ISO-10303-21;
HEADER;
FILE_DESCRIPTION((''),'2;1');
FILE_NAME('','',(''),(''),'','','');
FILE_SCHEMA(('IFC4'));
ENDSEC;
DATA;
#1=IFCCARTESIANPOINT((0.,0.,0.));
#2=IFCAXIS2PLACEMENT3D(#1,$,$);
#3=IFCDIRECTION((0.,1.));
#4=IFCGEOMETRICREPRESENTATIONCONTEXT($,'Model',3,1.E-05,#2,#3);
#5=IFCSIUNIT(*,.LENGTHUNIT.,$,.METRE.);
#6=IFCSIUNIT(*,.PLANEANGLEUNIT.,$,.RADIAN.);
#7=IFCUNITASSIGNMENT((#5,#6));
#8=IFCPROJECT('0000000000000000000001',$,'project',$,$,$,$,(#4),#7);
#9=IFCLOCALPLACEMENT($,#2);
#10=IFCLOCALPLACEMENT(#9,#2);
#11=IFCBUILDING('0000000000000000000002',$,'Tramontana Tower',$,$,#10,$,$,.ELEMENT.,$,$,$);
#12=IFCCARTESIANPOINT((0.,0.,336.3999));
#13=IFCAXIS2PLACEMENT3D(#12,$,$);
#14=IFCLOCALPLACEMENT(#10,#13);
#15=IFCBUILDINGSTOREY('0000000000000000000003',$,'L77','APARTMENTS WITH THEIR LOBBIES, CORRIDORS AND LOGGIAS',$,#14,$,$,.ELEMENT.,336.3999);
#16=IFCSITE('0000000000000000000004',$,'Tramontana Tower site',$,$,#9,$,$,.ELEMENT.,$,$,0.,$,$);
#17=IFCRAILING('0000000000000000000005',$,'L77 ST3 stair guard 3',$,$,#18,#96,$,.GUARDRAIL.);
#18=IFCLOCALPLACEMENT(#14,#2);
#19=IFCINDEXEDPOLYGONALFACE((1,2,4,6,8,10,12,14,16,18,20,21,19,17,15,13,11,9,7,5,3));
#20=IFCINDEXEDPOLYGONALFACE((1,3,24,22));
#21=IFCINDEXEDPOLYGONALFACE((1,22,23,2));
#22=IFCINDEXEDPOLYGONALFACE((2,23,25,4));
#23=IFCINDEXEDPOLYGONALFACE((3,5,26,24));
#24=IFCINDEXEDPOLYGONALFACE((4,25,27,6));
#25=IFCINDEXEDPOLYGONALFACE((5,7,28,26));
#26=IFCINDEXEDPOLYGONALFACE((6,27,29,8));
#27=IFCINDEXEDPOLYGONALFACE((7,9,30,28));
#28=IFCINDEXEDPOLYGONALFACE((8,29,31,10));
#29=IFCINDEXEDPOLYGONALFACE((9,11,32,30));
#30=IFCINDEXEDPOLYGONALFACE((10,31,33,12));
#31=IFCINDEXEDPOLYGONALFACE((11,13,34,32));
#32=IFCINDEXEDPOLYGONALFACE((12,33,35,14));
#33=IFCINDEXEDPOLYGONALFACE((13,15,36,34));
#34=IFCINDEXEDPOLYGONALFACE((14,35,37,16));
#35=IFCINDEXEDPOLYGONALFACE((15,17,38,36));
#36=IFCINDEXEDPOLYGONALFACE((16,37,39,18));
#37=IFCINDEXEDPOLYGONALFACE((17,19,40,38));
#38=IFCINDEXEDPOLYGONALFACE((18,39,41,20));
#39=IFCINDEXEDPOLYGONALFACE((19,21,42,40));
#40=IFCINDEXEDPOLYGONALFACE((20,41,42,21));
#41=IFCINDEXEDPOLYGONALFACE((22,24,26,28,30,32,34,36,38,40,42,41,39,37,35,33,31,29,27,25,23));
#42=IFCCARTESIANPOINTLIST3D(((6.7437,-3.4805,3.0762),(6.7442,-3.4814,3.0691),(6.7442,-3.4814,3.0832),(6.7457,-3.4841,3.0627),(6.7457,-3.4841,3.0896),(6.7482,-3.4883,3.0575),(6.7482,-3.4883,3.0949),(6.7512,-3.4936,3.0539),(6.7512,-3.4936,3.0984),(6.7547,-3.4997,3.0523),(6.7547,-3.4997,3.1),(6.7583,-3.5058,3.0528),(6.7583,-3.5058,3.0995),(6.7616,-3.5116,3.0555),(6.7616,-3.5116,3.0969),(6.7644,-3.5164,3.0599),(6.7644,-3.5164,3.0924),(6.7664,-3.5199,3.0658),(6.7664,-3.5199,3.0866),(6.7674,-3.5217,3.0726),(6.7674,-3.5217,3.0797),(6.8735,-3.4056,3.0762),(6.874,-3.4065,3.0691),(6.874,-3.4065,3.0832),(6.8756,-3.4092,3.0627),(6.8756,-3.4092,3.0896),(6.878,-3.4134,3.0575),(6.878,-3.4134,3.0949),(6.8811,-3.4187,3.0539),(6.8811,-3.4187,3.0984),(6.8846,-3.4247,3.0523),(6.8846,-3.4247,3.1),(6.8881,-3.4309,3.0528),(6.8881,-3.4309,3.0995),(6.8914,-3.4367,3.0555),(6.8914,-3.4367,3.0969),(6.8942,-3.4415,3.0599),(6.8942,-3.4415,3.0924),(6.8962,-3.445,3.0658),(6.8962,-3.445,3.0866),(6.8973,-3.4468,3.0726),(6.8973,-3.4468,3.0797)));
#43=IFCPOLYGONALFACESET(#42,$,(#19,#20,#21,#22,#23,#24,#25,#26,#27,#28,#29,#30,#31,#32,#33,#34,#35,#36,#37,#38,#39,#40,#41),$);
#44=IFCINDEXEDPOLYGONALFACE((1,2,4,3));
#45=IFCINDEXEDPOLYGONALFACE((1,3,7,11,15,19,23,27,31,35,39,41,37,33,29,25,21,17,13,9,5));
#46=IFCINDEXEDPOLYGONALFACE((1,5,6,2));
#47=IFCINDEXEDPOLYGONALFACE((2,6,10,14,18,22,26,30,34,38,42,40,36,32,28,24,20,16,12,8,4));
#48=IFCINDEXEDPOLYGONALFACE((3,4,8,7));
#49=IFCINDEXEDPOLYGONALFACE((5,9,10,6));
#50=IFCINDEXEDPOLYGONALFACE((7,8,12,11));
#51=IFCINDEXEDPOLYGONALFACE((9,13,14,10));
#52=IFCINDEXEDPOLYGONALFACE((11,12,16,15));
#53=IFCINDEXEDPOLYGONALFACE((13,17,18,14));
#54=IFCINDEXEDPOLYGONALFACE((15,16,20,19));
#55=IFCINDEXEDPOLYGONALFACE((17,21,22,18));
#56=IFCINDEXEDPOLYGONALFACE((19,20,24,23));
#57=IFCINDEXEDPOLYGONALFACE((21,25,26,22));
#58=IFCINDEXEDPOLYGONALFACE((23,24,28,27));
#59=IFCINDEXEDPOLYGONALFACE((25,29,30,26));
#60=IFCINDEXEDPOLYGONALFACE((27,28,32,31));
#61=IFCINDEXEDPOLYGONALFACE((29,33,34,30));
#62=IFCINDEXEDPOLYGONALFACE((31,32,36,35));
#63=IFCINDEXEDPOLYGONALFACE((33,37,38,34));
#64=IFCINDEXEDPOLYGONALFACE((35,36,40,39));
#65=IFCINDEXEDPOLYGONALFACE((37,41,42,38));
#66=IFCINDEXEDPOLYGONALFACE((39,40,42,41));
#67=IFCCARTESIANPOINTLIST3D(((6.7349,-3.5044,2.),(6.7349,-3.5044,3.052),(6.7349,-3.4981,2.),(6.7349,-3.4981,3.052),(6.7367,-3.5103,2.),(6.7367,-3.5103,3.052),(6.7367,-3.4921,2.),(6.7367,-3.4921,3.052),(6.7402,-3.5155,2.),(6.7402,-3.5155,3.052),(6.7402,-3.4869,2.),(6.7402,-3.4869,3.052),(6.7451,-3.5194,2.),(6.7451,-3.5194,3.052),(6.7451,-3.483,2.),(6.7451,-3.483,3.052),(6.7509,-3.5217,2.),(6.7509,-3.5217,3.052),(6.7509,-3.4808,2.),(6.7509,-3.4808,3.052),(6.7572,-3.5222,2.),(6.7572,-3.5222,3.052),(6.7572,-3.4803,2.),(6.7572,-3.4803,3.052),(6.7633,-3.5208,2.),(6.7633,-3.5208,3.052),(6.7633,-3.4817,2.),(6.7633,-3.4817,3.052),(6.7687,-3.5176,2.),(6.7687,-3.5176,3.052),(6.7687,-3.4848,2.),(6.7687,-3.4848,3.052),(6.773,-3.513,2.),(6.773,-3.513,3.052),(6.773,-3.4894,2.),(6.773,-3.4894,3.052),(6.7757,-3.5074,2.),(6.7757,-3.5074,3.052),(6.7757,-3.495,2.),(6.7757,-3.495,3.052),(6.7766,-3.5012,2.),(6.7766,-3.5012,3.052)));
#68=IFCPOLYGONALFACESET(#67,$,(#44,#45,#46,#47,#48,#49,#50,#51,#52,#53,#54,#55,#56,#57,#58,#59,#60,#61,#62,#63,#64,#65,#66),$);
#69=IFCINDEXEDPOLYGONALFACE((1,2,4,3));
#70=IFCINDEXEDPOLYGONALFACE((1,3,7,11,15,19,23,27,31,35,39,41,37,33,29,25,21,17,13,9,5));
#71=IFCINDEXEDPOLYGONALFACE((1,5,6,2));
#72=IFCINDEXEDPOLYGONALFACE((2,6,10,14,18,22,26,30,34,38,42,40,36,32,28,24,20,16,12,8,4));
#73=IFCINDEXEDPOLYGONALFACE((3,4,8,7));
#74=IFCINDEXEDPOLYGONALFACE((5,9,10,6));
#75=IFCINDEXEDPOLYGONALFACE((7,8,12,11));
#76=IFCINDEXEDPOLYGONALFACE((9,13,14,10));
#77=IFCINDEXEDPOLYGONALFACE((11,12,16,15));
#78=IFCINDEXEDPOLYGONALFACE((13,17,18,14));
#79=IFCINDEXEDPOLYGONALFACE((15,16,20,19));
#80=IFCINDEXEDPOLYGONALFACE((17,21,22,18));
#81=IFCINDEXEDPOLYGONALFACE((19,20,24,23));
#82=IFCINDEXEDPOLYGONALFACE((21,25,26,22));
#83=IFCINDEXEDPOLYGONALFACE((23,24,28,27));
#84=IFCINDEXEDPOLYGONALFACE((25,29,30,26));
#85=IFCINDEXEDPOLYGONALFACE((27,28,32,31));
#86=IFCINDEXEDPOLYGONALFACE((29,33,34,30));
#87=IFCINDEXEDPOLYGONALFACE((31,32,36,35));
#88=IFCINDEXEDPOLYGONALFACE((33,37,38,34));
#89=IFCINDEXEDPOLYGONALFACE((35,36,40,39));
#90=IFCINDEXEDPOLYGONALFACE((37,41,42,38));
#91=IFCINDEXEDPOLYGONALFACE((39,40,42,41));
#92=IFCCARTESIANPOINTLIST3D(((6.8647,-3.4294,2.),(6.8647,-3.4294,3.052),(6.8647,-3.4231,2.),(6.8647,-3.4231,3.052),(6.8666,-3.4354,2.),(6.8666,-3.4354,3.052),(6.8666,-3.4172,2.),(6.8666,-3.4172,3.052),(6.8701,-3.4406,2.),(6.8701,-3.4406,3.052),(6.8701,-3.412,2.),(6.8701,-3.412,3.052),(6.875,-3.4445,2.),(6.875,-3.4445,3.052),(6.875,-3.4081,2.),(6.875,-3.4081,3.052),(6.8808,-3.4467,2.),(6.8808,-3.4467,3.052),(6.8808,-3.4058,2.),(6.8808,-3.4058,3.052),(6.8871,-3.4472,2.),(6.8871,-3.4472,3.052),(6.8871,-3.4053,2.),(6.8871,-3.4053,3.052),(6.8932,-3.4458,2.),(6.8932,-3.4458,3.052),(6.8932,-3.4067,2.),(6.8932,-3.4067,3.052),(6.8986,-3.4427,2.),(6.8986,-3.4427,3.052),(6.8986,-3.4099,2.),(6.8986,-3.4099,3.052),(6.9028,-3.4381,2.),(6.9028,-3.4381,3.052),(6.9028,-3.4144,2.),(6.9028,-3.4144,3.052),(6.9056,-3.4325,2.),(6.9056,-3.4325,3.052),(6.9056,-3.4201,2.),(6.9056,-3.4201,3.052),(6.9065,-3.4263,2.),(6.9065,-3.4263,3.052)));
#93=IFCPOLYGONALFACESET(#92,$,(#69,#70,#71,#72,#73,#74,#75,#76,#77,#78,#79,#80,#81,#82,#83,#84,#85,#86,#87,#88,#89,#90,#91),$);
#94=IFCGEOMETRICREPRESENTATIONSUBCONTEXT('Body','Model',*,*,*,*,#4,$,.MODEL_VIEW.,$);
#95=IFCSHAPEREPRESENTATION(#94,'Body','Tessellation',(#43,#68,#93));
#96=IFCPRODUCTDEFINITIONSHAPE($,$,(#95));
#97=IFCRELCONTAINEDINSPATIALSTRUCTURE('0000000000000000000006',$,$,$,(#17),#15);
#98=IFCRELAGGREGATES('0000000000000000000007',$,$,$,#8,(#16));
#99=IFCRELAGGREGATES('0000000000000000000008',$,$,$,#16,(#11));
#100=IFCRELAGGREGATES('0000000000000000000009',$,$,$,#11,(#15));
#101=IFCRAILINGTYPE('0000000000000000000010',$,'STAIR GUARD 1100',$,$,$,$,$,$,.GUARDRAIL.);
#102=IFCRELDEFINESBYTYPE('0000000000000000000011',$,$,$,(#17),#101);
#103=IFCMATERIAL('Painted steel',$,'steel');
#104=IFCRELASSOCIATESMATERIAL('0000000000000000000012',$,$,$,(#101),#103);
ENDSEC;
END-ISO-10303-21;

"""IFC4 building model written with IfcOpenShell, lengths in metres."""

from ifc_helpers import new_model, si_unit, direction, frame, origin, origin_2d, place, context, subcontext, project, spatial, circle, extrude, material, type_object, element, save


model = new_model("IFC4")

# Units and contexts
model_context = context("Model", 3, precision=1e-05, world=origin(), true_north=direction((0.0, 1.0)))
body_context = subcontext(model_context, "Body", "Model", "MODEL_VIEW")
ifc_project = project(units=[si_unit("LENGTHUNIT", "METRE"), si_unit("PLANEANGLEUNIT", "RADIAN")], contexts=[model_context])

# Site, building, storey
site_placement = place(None, origin())
site = spatial("IfcSite", under=ifc_project, at=site_placement, Name="Tramontana Tower site", CompositionType="ELEMENT", RefElevation=0.0)
building_placement = place(site_placement, origin())
building = spatial("IfcBuilding", under=site, at=building_placement, Name="Tramontana Tower", CompositionType="ELEMENT")
storey_placement = place(building_placement, frame((0.0, 0.0, 336.3999)))
storey = spatial("IfcBuildingStorey", under=building, at=storey_placement, Name="L77", Description="APARTMENTS WITH THEIR LOBBIES, CORRIDORS AND LOGGIAS", CompositionType="ELEMENT", Elevation=336.3999)

# Railing
ifc_material_1 = material(Name="Painted steel", Category="steel")
railing_type_1 = type_object("IfcRailingType", Name="STAIR GUARD 1100", PredefinedType="GUARDRAIL", material=ifc_material_1)
railing_1_placement = place(storey_placement, frame((6.7556, -3.5012, 2.0)))
element("IfcRailing", 1, at=railing_1_placement, inside=storey, type_object=railing_type_1, Name="L77 ST3 stair guard 3", PredefinedType="GUARDRAIL", context=body_context, shape_type="SweptSolid", body=[
    extrude(circle(Radius=0.0239, at=origin_2d()), frame((0.0, 0.0, 1.0762), z_axis=(0.866131, 0.499816, 0.0), x_axis=(-0.499816, 0.866131, 0.0)), (0.0, 0.0, 1.0), 0.1499),
    extrude(circle(Radius=0.021, at=origin_2d()), origin(), (0.0, 0.0, 1.0), 1.052),
    extrude(circle(Radius=0.021, at=origin_2d()), frame((0.1299, 0.075, 0.0)), (0.0, 0.0, 1.0), 1.052),
])

save(model, "model.ifc")
